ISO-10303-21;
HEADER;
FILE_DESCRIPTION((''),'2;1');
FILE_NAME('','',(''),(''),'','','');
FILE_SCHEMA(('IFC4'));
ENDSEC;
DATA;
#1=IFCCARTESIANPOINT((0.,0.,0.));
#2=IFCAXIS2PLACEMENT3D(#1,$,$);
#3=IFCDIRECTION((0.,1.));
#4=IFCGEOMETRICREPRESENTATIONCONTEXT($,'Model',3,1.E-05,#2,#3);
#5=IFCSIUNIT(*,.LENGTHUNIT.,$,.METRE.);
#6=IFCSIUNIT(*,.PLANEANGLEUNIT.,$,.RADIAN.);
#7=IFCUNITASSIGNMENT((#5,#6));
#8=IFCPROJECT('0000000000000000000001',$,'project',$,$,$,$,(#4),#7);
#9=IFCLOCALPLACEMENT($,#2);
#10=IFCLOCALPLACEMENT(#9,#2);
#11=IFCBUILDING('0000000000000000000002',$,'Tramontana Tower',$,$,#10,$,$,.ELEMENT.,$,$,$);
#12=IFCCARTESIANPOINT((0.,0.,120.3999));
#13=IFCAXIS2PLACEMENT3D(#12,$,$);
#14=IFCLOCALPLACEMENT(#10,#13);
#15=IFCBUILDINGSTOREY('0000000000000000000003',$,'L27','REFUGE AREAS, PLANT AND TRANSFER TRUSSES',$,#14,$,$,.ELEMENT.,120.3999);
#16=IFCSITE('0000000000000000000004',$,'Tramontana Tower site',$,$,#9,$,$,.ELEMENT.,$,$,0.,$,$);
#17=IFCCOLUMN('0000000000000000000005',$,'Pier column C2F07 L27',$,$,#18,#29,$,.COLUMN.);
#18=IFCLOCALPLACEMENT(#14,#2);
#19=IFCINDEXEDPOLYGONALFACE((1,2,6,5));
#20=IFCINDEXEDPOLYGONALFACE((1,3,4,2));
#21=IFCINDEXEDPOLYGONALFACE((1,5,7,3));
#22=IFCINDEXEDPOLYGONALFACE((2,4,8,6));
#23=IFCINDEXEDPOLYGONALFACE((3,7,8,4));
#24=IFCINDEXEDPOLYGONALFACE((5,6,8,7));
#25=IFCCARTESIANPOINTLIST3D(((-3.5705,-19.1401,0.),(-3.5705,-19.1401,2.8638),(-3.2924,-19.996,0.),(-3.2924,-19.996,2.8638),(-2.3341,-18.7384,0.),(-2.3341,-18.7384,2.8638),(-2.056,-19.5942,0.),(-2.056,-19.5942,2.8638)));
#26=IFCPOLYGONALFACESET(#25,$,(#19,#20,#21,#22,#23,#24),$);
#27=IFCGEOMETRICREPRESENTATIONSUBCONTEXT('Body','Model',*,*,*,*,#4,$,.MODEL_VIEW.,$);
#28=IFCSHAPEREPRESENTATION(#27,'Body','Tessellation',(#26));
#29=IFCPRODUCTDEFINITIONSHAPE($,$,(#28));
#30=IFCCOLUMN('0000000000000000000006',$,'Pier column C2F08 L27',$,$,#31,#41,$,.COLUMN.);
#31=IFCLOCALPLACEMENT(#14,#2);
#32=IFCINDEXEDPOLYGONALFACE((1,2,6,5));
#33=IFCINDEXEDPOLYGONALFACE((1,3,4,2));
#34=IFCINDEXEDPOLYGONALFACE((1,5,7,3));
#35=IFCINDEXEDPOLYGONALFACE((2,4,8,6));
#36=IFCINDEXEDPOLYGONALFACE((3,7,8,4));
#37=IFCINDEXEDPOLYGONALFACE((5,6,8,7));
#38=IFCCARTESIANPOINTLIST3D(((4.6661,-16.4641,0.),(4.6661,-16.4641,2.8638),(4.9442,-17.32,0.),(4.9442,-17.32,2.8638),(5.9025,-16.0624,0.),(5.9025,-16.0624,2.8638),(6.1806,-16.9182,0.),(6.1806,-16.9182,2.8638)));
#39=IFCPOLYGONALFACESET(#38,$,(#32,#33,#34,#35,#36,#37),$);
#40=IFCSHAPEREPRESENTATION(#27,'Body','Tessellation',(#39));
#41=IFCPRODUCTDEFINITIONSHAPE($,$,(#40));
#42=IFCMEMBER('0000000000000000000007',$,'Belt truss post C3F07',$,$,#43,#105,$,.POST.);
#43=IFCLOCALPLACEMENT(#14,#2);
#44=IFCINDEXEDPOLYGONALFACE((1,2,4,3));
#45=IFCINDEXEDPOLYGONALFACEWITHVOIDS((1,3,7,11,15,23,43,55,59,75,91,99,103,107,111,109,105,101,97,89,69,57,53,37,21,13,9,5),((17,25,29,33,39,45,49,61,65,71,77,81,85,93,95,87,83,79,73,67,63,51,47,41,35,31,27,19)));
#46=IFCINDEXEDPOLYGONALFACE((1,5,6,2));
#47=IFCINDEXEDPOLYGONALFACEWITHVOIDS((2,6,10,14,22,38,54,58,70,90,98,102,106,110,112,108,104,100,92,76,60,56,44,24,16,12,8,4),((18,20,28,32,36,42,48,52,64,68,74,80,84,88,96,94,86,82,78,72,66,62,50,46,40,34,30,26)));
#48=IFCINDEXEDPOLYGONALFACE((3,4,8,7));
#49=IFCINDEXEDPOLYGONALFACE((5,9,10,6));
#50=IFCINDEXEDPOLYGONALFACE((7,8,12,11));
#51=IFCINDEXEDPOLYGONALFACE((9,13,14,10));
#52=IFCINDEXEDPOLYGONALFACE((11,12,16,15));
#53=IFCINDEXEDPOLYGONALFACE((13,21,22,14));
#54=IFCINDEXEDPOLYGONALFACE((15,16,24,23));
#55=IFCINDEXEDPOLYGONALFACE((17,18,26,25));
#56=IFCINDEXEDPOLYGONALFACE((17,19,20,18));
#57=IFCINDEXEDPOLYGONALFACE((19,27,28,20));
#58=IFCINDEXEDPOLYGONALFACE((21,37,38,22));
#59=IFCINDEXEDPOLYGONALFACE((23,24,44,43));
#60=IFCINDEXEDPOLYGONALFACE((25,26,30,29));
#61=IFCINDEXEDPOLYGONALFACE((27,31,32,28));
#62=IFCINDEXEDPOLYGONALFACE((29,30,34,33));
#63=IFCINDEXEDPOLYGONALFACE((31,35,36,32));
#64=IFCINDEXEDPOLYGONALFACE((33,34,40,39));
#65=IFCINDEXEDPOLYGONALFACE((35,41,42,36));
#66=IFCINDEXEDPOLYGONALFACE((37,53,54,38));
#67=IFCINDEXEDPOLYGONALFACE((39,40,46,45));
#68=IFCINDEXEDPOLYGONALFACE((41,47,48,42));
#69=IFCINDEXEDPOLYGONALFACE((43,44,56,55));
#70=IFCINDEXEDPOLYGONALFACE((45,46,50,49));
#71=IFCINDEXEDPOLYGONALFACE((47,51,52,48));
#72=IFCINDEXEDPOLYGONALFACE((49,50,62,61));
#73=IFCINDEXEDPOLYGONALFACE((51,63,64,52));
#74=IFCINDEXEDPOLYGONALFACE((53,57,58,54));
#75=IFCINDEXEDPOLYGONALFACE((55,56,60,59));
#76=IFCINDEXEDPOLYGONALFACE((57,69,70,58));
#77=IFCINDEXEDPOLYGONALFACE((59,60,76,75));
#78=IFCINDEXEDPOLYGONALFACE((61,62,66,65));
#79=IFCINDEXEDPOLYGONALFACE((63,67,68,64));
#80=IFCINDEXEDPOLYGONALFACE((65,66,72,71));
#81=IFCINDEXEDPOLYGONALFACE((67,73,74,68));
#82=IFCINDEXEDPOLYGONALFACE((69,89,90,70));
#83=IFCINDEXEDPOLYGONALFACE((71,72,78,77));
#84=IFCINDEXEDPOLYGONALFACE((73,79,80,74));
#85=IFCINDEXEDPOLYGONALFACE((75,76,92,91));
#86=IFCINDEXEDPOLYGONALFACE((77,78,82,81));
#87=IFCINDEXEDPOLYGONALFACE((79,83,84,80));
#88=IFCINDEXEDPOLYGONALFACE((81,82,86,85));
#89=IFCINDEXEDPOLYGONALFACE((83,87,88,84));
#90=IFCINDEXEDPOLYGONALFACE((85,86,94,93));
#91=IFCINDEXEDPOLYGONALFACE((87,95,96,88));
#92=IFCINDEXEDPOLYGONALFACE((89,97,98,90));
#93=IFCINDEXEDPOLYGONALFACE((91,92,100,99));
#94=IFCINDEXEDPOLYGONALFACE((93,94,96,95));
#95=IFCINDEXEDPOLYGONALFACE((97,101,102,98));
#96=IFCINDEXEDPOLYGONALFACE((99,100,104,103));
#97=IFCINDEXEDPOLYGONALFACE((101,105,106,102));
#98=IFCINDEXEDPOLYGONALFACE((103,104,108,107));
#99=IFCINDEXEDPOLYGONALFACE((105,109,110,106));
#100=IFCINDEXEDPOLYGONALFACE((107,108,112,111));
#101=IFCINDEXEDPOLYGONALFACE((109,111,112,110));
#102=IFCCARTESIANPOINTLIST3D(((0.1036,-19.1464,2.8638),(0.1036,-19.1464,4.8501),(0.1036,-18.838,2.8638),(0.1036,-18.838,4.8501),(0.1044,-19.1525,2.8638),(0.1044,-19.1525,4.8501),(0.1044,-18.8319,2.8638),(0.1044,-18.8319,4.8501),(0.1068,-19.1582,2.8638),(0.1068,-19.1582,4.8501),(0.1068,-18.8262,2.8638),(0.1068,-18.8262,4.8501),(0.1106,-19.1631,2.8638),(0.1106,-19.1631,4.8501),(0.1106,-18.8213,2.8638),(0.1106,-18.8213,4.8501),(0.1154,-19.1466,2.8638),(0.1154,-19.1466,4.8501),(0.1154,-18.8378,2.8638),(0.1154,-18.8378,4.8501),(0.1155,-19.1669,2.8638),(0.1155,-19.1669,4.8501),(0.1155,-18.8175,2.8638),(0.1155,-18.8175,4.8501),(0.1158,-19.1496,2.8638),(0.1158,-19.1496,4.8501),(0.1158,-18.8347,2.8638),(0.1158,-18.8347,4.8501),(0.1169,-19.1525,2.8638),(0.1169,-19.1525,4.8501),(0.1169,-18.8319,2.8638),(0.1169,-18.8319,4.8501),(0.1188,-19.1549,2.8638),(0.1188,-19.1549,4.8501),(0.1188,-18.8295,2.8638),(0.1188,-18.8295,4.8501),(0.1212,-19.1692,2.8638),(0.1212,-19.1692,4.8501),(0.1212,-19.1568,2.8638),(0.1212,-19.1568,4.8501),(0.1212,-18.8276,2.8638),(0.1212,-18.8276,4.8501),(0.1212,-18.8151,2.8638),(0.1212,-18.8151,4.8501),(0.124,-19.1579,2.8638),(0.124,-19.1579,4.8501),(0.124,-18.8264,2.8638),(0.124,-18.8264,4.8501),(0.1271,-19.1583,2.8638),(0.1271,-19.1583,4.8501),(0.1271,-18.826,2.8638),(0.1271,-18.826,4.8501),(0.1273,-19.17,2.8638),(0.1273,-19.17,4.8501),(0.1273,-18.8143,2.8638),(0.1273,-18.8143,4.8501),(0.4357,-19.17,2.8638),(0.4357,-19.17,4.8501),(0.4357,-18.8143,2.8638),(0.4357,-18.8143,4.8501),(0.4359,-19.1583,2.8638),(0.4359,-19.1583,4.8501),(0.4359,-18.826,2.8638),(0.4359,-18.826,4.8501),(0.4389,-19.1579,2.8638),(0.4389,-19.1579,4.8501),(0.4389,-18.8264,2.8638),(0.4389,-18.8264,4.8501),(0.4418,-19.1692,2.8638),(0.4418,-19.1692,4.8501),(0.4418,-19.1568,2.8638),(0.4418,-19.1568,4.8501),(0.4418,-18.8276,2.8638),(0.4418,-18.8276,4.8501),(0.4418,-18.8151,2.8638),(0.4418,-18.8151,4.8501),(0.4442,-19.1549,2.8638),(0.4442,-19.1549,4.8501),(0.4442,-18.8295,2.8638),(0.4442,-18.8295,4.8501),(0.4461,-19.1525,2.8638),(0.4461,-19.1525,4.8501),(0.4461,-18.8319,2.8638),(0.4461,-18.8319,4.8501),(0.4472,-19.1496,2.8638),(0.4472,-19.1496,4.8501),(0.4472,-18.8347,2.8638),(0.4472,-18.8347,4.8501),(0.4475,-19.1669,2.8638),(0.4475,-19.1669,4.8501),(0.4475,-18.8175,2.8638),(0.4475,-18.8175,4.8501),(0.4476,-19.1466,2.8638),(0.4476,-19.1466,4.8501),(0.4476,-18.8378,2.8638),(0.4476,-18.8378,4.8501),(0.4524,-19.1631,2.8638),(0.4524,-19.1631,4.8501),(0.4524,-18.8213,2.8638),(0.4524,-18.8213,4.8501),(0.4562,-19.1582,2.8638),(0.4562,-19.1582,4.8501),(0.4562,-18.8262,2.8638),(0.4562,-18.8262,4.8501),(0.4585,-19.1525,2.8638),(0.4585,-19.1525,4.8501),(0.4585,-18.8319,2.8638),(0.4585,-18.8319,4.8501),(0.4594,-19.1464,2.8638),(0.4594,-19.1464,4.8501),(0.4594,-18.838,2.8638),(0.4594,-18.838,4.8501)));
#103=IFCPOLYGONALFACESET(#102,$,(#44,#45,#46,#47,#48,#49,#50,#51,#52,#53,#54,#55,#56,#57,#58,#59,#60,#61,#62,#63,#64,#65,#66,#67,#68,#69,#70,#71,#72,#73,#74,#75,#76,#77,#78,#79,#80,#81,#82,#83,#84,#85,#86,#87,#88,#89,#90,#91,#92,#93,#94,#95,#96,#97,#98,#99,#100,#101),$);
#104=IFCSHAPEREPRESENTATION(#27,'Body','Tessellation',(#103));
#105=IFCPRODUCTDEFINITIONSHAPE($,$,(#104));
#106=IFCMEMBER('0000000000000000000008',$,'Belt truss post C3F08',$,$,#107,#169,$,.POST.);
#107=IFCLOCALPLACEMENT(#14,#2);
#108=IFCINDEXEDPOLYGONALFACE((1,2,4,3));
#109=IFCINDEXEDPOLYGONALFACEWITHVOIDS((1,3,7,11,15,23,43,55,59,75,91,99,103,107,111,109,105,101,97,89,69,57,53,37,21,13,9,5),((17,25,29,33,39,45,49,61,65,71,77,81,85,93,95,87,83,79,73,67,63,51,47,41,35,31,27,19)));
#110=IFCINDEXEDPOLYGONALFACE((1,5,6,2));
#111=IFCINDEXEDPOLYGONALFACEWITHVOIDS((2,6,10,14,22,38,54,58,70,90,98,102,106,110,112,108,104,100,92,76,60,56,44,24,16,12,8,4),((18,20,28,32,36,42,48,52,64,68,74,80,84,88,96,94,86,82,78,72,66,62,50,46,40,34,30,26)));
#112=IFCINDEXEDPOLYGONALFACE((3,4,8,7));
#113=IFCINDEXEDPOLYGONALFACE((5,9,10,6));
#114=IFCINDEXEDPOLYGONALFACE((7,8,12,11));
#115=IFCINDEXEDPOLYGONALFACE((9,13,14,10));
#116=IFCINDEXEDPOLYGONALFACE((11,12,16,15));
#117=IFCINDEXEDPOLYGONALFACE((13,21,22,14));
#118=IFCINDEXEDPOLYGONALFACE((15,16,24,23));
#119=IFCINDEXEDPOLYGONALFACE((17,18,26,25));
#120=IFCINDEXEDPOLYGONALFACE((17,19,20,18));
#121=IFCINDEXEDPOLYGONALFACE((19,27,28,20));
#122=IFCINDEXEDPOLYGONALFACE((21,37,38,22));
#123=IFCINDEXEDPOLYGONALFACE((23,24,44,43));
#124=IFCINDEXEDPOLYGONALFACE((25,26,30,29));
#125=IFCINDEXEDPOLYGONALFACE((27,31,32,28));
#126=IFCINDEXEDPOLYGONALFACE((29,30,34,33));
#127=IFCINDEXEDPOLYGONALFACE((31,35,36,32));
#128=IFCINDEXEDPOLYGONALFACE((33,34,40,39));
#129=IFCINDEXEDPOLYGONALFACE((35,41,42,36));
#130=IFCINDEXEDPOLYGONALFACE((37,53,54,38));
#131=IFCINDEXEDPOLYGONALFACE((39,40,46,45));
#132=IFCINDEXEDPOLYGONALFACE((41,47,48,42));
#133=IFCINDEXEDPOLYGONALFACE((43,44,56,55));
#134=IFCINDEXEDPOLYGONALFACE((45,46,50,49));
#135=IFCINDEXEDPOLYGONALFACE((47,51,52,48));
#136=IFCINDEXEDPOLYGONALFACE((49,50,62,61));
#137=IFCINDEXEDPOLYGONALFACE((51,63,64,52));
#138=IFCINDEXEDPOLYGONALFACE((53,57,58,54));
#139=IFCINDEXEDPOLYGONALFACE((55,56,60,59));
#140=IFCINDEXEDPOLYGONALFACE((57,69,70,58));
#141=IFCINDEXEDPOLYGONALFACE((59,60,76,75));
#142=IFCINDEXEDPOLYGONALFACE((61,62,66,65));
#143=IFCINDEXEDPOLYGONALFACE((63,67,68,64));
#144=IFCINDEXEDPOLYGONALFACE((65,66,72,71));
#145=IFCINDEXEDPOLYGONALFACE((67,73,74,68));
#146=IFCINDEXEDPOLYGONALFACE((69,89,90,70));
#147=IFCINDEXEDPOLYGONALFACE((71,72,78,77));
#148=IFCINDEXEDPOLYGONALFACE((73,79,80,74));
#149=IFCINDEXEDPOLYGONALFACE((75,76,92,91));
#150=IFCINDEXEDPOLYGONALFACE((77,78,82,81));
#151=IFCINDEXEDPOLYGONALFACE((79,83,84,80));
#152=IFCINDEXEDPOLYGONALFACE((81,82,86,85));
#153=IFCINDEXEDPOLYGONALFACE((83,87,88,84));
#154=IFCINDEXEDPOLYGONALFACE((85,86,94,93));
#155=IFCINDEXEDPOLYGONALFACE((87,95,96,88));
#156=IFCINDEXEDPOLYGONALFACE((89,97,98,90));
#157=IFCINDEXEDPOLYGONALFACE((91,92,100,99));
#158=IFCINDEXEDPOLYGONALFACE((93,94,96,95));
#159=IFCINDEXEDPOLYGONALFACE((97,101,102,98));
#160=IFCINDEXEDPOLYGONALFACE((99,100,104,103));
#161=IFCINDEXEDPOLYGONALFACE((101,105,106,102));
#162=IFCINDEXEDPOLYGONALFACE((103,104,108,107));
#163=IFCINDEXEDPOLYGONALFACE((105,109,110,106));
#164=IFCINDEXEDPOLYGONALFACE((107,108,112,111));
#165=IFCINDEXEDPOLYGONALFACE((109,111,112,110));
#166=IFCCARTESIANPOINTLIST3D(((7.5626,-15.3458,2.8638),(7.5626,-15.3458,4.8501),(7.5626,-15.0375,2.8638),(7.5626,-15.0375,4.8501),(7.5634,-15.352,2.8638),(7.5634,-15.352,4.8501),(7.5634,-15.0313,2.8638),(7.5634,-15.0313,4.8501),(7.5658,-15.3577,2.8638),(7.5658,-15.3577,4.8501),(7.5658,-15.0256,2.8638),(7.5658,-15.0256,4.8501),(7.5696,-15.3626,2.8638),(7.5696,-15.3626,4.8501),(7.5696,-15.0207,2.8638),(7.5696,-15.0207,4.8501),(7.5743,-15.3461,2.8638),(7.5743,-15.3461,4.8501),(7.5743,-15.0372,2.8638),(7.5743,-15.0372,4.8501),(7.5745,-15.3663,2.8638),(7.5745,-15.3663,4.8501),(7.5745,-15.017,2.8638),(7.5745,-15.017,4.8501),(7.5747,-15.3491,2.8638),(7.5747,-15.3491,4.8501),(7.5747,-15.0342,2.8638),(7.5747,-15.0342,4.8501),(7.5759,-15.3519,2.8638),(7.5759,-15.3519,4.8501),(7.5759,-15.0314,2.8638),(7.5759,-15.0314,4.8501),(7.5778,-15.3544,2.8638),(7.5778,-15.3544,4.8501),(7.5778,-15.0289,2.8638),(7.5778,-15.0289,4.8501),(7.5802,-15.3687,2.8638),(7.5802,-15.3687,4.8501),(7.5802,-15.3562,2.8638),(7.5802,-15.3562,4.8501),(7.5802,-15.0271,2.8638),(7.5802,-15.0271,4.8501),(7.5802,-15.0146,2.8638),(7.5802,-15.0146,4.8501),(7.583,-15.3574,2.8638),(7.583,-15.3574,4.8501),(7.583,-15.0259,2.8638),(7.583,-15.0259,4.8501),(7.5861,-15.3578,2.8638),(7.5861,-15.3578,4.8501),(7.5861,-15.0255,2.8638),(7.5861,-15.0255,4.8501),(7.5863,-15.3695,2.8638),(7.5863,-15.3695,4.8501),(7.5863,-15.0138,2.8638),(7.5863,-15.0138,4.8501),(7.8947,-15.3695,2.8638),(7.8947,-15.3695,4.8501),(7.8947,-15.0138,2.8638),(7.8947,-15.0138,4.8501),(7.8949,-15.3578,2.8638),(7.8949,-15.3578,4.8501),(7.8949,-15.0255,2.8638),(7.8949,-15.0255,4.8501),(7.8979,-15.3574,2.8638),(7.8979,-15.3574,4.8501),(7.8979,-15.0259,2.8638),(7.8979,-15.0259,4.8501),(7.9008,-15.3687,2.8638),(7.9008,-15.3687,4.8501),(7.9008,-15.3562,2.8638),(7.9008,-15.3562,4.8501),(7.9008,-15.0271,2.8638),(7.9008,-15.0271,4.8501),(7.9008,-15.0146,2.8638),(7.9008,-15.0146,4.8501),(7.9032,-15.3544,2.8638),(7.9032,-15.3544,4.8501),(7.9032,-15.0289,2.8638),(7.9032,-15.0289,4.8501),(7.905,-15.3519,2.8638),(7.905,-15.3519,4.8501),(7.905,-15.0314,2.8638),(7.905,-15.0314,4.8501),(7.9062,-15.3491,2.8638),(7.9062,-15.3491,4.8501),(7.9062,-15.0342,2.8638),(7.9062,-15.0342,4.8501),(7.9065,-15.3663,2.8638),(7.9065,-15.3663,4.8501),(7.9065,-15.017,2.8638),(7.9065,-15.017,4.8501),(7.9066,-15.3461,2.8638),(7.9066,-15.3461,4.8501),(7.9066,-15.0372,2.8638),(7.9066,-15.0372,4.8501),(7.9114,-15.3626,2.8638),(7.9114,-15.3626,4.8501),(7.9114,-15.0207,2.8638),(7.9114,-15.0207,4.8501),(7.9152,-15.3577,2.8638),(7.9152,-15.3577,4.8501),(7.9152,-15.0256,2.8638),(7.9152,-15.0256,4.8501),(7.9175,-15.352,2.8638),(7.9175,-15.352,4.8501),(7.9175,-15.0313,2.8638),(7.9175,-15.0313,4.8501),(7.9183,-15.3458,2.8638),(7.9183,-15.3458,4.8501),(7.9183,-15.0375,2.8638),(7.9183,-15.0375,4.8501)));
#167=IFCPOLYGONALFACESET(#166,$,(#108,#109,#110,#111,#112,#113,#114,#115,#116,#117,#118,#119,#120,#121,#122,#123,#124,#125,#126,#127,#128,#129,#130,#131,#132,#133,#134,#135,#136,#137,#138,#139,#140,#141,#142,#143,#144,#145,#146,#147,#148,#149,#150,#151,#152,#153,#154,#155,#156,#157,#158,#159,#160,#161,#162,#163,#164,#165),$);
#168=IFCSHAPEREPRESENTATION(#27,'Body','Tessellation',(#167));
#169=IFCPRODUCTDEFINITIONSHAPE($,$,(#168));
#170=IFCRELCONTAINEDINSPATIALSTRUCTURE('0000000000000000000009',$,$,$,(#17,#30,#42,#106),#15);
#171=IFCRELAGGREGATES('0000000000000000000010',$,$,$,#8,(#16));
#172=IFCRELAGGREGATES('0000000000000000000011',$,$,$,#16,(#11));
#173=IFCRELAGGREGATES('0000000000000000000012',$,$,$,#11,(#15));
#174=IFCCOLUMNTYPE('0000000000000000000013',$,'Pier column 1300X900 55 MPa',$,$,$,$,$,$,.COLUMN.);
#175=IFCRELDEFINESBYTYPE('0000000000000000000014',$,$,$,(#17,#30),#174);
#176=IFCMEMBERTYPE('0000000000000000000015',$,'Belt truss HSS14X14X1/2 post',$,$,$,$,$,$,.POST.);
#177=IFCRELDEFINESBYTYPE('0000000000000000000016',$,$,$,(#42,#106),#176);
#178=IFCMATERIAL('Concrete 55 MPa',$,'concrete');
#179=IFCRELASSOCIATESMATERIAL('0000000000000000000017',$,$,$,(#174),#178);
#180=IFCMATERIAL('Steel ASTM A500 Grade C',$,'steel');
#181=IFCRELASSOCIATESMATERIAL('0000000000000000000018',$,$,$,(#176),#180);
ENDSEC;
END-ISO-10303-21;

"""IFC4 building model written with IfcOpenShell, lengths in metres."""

from ifc_helpers import new_model, si_unit, direction, frame, origin, origin_2d, place, context, subcontext, project, spatial, rectangle, hollow_rectangle, extrude, material, material_profile, profile_set, type_object, element, save


model = new_model("IFC4")

# Units and contexts
model_context = context("Model", 3, precision=1e-05, world=origin(), true_north=direction((0.0, 1.0)))
body_context = subcontext(model_context, "Body", "Model", "MODEL_VIEW")
ifc_project = project(units=[si_unit("LENGTHUNIT", "METRE"), si_unit("PLANEANGLEUNIT", "RADIAN")], contexts=[model_context])

# Site, building, storey
site_placement = place(None, origin())
site = spatial("IfcSite", under=ifc_project, at=site_placement, Name="Tramontana Tower site", CompositionType="ELEMENT", RefElevation=0.0)
building_placement = place(site_placement, origin())
building = spatial("IfcBuilding", under=site, at=building_placement, Name="Tramontana Tower", CompositionType="ELEMENT")
storey_placement = place(building_placement, frame((0.0, 0.0, 120.3999)))
storey = spatial("IfcBuildingStorey", under=building, at=storey_placement, Name="L27", Description="REFUGE AREAS, PLANT AND TRANSFER TRUSSES", CompositionType="ELEMENT", Elevation=120.3999)

# Columns
ifc_material_1 = material(Name="Concrete 55 MPa", Category="concrete")
ifc_material_profile_1 = material_profile(ifc_material_1, rectangle(XDim=1.3, YDim=0.8999, at=origin_2d()), Name="Pier column 1300X900 55 MPa")
ifc_profile_set_1 = profile_set([ifc_material_profile_1], Name="Concrete 55 MPa")
column_type = type_object("IfcColumnType", Name="Pier column 1300X900 55 MPa", PredefinedType="COLUMN", material=ifc_profile_set_1)
for number, where, z_axis, x_axis, name in (
    (1, (-2.8132, -19.3672, 0.0), (0.0, 0.0, 1.0), (0.951057, 0.309017, 0.0), "Pier column C2F07 L27"),
    (2, (5.4233, -16.6912, 0.0), (0.0, 0.0, 1.0), (0.951057, 0.309017, 0.0), "Pier column C2F08 L27"),
):
    element("IfcColumn", number, at=place(storey_placement, frame(where, z_axis=z_axis, x_axis=x_axis)), inside=storey, type_object=column_type, Name=name, PredefinedType="COLUMN", context=body_context, shape_type="SweptSolid", body=[
        extrude(rectangle(XDim=1.3, YDim=0.8999, at=origin_2d()), origin(), (0.0, 0.0, 1.0), 2.8638),
    ])

# Members
ifc_material_2 = material(Name="Steel ASTM A500 Grade C", Category="steel")
ifc_material_profile_2 = material_profile(ifc_material_2, hollow_rectangle(XDim=0.3557, YDim=0.3557, WallThickness=0.0117, InnerFilletRadius=0.0117, OuterFilletRadius=0.0237, at=origin_2d()), Name="HSS14X14X1/2")
ifc_profile_set_2 = profile_set([ifc_material_profile_2], Name="Steel ASTM A500 Grade C")
member_type_1 = type_object("IfcMemberType", Name="Belt truss HSS14X14X1/2 post", PredefinedType="POST", material=ifc_profile_set_2)
for number, where, z_axis, x_axis, name in (
    (3, (0.2815, -18.9922, 2.8638), (0.0, 0.0, 1.0), (1.0, 0.0, 0.0), "Belt truss post C3F07"),
    (4, (7.7405, -15.1917, 2.8638), (0.0, 0.0, 1.0), (1.0, 0.0, 0.0), "Belt truss post C3F08"),
):
    element("IfcMember", number, at=place(storey_placement, frame(where, z_axis=z_axis, x_axis=x_axis)), inside=storey, type_object=member_type_1, Name=name, PredefinedType="POST", context=body_context, shape_type="SweptSolid", body=[
        extrude(hollow_rectangle(XDim=0.3557, YDim=0.3557, WallThickness=0.0117, InnerFilletRadius=0.0117, OuterFilletRadius=0.0237, at=origin_2d()), origin(), (0.0, 0.0, 1.0), 1.9863),
    ])

save(model, "model.ifc")
